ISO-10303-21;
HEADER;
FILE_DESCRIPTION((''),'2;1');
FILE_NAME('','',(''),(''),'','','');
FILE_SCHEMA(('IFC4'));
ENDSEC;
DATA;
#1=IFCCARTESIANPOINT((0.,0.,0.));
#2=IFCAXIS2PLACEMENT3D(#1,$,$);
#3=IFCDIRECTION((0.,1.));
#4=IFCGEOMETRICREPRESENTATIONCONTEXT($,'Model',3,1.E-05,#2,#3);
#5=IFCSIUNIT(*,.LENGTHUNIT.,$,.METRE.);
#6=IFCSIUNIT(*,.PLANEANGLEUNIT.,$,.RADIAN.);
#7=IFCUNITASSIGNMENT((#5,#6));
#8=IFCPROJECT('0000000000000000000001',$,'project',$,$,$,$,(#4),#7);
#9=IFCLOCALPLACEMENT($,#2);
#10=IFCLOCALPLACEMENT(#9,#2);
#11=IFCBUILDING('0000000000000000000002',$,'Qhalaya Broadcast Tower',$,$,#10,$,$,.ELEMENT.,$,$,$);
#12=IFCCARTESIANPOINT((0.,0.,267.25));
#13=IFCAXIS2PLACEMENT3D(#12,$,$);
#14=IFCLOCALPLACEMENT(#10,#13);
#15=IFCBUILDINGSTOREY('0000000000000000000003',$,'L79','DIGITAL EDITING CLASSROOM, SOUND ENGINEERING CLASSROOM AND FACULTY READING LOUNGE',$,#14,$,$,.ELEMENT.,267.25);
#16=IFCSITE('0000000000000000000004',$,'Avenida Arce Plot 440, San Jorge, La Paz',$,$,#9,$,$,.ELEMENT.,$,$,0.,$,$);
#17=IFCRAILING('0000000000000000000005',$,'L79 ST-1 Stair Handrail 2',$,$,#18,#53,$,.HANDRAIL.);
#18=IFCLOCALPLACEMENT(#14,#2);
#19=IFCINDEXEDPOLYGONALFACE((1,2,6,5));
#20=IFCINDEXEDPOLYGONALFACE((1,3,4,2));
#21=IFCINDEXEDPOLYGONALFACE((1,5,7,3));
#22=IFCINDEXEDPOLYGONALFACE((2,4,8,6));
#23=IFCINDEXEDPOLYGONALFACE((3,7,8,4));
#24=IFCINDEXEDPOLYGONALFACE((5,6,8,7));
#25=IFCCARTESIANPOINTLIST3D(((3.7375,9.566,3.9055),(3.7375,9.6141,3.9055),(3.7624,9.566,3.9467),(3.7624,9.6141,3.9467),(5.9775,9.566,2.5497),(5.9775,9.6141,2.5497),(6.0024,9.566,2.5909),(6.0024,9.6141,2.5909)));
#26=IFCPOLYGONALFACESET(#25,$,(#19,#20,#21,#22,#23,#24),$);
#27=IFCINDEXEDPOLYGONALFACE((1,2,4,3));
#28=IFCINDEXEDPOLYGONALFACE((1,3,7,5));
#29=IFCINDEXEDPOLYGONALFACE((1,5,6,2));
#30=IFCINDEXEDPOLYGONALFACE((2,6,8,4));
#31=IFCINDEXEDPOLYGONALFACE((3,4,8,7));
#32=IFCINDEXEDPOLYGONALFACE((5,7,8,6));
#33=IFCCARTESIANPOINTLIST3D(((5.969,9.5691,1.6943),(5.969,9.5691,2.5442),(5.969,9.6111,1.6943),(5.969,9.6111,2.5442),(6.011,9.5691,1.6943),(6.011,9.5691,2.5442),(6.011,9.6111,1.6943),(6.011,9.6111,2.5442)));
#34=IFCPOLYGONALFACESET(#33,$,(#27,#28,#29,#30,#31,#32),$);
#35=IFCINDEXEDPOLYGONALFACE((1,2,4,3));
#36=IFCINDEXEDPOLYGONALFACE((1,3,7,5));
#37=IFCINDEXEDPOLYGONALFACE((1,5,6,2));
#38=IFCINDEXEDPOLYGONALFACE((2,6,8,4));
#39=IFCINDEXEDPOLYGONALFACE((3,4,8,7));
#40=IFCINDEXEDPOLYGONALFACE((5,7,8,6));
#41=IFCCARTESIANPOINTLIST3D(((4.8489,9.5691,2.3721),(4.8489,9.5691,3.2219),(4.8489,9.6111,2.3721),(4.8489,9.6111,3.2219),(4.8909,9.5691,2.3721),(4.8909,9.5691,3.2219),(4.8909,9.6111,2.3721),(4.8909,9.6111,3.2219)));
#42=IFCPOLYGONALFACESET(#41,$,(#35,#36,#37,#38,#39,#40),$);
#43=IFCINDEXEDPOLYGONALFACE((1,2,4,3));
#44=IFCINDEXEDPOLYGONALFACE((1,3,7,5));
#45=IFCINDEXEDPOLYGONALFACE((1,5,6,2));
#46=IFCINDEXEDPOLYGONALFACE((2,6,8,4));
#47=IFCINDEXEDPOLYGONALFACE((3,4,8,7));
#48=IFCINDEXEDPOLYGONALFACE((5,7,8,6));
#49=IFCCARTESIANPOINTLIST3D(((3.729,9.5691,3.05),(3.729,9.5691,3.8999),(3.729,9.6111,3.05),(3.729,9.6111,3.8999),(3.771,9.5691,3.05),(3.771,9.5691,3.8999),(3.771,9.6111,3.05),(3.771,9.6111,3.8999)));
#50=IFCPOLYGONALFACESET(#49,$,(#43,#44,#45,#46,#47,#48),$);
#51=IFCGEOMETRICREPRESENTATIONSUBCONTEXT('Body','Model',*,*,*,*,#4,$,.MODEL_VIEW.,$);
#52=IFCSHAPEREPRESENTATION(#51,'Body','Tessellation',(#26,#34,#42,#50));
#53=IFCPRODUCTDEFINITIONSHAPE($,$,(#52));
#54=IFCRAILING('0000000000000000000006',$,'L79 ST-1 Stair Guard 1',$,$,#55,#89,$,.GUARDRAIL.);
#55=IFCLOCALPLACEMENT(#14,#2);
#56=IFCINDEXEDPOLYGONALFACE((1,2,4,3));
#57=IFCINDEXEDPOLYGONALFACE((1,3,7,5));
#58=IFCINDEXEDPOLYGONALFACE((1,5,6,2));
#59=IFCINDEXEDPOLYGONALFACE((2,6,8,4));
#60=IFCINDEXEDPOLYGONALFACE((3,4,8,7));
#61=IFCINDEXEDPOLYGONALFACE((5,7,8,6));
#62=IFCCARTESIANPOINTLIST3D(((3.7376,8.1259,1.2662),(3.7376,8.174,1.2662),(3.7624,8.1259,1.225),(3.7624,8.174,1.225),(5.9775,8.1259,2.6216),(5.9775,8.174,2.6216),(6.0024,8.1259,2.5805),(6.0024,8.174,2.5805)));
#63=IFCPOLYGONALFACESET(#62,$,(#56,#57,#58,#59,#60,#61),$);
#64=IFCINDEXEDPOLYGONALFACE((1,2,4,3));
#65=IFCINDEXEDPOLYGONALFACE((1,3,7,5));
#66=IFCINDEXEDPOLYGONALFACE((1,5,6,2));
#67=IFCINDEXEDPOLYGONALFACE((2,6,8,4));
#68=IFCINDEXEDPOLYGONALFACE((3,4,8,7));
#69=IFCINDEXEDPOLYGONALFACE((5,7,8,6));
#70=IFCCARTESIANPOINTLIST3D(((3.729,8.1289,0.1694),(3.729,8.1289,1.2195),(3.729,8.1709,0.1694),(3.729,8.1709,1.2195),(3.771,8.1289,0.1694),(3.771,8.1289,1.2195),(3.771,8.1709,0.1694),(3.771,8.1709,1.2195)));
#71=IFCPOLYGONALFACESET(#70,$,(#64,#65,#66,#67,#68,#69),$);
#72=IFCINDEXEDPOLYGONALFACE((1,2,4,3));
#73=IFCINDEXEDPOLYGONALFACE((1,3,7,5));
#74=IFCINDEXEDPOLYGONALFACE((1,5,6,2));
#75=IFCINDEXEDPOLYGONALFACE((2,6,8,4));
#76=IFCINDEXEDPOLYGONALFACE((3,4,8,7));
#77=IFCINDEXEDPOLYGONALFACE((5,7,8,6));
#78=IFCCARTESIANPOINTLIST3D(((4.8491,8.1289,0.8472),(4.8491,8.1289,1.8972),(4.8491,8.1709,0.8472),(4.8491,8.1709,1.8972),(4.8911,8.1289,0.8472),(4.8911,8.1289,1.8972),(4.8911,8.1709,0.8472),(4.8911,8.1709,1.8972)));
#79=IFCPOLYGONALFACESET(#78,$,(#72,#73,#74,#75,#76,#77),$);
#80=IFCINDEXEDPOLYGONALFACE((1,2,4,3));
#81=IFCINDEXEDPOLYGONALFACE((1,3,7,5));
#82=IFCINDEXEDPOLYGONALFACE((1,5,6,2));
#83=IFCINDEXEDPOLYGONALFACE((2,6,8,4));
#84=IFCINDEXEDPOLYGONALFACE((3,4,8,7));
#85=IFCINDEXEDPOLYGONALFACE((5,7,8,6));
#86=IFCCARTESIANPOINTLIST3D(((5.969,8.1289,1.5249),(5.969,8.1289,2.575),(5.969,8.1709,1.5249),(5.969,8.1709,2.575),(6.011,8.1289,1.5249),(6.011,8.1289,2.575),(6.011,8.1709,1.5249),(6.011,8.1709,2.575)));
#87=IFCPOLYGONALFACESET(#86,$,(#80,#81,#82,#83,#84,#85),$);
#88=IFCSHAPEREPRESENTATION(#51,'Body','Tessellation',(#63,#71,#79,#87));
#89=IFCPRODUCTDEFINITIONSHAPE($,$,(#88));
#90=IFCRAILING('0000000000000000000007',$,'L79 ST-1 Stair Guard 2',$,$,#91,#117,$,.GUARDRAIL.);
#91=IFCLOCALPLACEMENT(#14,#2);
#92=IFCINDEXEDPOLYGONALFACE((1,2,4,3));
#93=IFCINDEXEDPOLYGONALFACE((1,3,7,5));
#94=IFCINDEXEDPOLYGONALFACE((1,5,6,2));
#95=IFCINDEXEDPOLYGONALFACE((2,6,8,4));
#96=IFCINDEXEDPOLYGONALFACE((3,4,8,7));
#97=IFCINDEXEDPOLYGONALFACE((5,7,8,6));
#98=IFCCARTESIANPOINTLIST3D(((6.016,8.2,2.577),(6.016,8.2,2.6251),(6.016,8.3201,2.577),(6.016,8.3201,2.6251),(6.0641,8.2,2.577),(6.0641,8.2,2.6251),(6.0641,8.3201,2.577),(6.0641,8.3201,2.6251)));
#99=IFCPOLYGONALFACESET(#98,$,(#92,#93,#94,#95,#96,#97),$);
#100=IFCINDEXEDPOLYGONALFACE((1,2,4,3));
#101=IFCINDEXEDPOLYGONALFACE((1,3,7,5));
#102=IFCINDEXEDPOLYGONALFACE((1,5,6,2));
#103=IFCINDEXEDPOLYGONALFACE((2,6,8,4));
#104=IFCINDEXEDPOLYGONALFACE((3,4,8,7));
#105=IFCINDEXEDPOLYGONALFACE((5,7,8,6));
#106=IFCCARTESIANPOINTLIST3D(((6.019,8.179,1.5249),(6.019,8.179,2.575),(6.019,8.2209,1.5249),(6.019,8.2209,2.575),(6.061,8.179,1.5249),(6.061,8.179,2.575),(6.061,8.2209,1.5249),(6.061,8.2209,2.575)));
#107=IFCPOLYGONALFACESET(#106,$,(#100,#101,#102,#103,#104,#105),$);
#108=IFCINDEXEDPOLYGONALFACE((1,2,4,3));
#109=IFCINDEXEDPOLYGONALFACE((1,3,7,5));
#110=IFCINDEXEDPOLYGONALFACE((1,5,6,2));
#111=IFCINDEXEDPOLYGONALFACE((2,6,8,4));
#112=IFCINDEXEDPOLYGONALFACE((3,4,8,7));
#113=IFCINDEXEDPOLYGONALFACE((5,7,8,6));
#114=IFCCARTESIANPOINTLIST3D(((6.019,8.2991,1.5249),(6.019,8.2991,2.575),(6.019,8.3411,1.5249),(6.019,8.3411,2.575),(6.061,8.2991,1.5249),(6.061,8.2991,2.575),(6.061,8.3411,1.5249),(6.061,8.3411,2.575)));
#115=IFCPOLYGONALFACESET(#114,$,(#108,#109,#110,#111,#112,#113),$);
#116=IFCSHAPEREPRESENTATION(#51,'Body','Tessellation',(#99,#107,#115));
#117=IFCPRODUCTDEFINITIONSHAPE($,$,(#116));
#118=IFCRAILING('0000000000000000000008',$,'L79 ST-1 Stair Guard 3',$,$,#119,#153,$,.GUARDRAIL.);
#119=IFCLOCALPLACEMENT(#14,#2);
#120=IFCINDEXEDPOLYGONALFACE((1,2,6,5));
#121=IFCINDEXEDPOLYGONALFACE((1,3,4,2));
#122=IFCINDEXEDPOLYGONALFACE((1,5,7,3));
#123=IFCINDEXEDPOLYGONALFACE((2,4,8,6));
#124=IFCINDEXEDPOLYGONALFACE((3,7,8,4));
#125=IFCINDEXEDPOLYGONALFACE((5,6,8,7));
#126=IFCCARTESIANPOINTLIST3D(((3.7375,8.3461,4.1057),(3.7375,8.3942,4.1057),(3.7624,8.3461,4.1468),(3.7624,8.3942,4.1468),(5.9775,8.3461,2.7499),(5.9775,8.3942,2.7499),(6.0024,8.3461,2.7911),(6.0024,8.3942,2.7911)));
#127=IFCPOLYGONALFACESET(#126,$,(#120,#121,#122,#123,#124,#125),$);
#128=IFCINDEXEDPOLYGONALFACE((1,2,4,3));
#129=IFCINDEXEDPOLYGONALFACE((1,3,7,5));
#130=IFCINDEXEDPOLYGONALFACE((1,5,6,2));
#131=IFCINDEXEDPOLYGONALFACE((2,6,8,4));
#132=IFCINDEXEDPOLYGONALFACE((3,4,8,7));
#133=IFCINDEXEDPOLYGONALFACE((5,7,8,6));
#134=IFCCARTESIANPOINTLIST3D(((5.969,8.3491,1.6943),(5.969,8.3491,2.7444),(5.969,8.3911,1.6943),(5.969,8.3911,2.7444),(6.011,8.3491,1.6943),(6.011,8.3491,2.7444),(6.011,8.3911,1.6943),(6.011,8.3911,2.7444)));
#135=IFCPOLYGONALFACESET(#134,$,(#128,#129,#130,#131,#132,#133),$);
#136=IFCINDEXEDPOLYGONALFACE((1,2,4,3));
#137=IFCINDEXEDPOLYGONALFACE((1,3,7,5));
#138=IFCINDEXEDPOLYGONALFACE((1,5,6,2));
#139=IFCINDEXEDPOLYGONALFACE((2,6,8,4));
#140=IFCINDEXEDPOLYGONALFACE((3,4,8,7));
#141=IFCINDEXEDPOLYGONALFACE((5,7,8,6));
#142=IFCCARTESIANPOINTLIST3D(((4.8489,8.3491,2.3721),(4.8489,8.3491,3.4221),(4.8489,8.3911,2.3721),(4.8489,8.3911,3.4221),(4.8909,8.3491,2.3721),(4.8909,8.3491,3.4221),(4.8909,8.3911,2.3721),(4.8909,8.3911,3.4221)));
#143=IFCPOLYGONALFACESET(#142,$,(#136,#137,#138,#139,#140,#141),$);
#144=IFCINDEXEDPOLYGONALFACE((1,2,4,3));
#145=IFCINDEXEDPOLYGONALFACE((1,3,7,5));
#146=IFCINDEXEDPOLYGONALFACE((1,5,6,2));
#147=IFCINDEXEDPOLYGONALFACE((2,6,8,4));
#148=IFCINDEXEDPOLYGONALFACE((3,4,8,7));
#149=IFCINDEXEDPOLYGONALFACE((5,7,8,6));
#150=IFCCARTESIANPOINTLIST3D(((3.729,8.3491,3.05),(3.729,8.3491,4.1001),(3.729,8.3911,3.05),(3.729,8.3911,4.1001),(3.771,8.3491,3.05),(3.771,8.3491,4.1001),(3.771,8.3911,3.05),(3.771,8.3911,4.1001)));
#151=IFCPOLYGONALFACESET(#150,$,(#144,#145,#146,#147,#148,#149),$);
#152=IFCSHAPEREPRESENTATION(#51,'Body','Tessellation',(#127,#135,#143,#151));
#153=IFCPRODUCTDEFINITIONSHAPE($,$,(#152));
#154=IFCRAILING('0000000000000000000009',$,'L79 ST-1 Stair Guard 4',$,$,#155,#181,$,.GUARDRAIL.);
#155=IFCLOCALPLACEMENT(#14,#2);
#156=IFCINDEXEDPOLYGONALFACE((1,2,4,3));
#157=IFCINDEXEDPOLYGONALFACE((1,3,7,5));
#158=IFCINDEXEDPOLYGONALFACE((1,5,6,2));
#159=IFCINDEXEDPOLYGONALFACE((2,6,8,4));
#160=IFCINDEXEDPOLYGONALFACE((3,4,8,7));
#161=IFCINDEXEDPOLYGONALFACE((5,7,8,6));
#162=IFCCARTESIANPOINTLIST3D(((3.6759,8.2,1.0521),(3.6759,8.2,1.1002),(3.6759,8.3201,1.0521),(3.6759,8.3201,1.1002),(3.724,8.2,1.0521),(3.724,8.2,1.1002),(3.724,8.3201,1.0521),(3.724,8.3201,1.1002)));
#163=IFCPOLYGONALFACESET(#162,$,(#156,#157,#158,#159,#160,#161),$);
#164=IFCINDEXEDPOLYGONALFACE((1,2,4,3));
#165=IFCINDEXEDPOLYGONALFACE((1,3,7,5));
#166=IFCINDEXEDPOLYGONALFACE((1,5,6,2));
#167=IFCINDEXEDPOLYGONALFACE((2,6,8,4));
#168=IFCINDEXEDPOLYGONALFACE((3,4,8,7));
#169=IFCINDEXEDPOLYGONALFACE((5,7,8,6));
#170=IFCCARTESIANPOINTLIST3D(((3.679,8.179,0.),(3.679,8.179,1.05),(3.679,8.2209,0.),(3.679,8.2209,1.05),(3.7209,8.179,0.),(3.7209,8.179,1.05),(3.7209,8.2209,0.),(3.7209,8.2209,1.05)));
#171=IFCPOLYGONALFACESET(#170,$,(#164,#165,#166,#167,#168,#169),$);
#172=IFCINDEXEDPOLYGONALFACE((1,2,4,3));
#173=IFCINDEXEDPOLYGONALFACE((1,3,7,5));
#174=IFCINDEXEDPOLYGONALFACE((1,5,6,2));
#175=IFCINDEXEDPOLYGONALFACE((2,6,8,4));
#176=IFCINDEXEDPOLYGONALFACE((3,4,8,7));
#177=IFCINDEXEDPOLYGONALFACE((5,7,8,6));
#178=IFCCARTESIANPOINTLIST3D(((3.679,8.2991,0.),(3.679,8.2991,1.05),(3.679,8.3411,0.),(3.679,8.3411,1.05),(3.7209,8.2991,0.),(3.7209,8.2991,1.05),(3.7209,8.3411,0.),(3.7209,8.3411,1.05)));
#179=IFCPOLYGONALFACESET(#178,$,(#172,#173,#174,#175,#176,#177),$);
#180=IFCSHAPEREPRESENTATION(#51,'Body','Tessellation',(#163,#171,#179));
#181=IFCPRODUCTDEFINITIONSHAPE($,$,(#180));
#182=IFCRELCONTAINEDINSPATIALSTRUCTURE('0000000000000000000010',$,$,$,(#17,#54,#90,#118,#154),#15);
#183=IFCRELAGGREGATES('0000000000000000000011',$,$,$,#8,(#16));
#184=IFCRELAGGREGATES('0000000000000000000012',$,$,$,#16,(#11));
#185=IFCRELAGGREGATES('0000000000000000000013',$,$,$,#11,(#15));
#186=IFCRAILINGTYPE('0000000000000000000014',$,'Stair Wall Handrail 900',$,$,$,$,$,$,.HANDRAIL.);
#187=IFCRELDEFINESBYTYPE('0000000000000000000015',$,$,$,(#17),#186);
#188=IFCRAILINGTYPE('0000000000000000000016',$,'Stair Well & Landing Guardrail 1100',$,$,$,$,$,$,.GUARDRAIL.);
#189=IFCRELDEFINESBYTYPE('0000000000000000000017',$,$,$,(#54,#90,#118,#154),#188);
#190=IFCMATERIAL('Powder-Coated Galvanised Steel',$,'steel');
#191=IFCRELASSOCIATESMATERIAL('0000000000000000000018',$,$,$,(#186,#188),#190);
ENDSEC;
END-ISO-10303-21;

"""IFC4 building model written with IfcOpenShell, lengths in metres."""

from ifc_helpers import new_model, si_unit, direction, frame, origin, origin_2d, place, context, subcontext, project, spatial, rectangle, extrude, material, type_object, element, save


model = new_model("IFC4")

# Units and contexts
model_context = context("Model", 3, precision=1e-05, world=origin(), true_north=direction((0.0, 1.0)))
body_context = subcontext(model_context, "Body", "Model", "MODEL_VIEW")
ifc_project = project(units=[si_unit("LENGTHUNIT", "METRE"), si_unit("PLANEANGLEUNIT", "RADIAN")], contexts=[model_context])

# Site, building, storey
site_placement = place(None, origin())
site = spatial("IfcSite", under=ifc_project, at=site_placement, Name="Avenida Arce Plot 440, San Jorge, La Paz", CompositionType="ELEMENT", RefElevation=0.0)
building_placement = place(site_placement, origin())
building = spatial("IfcBuilding", under=site, at=building_placement, Name="Qhalaya Broadcast Tower", CompositionType="ELEMENT")
storey_placement = place(building_placement, frame((0.0, 0.0, 267.25)))
storey = spatial("IfcBuildingStorey", under=building, at=storey_placement, Name="L79", Description="DIGITAL EDITING CLASSROOM, SOUND ENGINEERING CLASSROOM AND FACULTY READING LOUNGE", CompositionType="ELEMENT", Elevation=267.25)

# Railings
ifc_material_1 = material(Name="Powder-Coated Galvanised Steel", Category="steel")
railing_type_1 = type_object("IfcRailingType", Name="Stair Wall Handrail 900", PredefinedType="HANDRAIL", material=ifc_material_1)
railing_1_placement = place(storey_placement, frame((5.99, 9.5901, 1.6943)))
element("IfcRailing", 1, at=railing_1_placement, inside=storey, type_object=railing_type_1, Name="L79 ST-1 Stair Handrail 2", PredefinedType="HANDRAIL", context=body_context, shape_type="SweptSolid", body=[
    extrude(rectangle(XDim=0.0481, YDim=0.0481, at=origin_2d()), frame((0.0, 0.0, 0.876), z_axis=(-0.855512, 0.0, 0.517783), x_axis=(0.0, -1.0, 0.0)), (0.0, 0.0, 1.0), 2.6184),
    extrude(rectangle(XDim=0.042, YDim=0.042, at=origin_2d()), origin(), (0.0, 0.0, 1.0), 0.8499),
    extrude(rectangle(XDim=0.042, YDim=0.042, at=origin_2d()), frame((-1.1201, 0.0, 0.6777)), (0.0, 0.0, 1.0), 0.8499),
    extrude(rectangle(XDim=0.042, YDim=0.042, at=origin_2d()), frame((-2.24, 0.0, 1.3557)), (0.0, 0.0, 1.0), 0.8499),
])
railing_type_2 = type_object("IfcRailingType", Name="Stair Well & Landing Guardrail 1100", PredefinedType="GUARDRAIL", material=ifc_material_1)
railing_2_placement = place(storey_placement, frame((3.75, 8.1499, 0.1694)))
element("IfcRailing", 2, at=railing_2_placement, inside=storey, type_object=railing_type_2, Name="L79 ST-1 Stair Guard 1", PredefinedType="GUARDRAIL", context=body_context, shape_type="SweptSolid", body=[
    extrude(rectangle(XDim=0.0481, YDim=0.0481, at=origin_2d()), frame((0.0, 0.0, 1.0762), z_axis=(0.855553, 0.0, 0.517715), x_axis=(0.0, 1.0, 0.0)), (0.0, 0.0, 1.0), 2.6182),
    extrude(rectangle(XDim=0.042, YDim=0.042, at=origin_2d()), origin(), (0.0, 0.0, 1.0), 1.05),
    extrude(rectangle(XDim=0.042, YDim=0.042, at=origin_2d()), frame((1.1201, 0.0, 0.6777)), (0.0, 0.0, 1.0), 1.05),
    extrude(rectangle(XDim=0.042, YDim=0.042, at=origin_2d()), frame((2.24, 0.0, 1.3555)), (0.0, 0.0, 1.0), 1.05),
])
railing_3_placement = place(storey_placement, frame((6.04, 8.2, 1.5249)))
element("IfcRailing", 3, at=railing_3_placement, inside=storey, type_object=railing_type_2, Name="L79 ST-1 Stair Guard 2", PredefinedType="GUARDRAIL", context=body_context, shape_type="SweptSolid", body=[
    extrude(rectangle(XDim=0.0481, YDim=0.0481, at=origin_2d()), frame((0.0, 0.0, 1.0762), z_axis=(0.0, 1.0, 0.0), x_axis=(-1.0, 0.0, 0.0)), (0.0, 0.0, 1.0), 0.1201),
    extrude(rectangle(XDim=0.042, YDim=0.042, at=origin_2d()), origin(), (0.0, 0.0, 1.0), 1.05),
    extrude(rectangle(XDim=0.042, YDim=0.042, at=origin_2d()), frame((0.0, 0.1201, 0.0)), (0.0, 0.0, 1.0), 1.05),
])
railing_4_placement = place(storey_placement, frame((5.99, 8.3701, 1.6943)))
element("IfcRailing", 4, at=railing_4_placement, inside=storey, type_object=railing_type_2, Name="L79 ST-1 Stair Guard 3", PredefinedType="GUARDRAIL", context=body_context, shape_type="SweptSolid", body=[
    extrude(rectangle(XDim=0.0481, YDim=0.0481, at=origin_2d()), frame((0.0, 0.0, 1.0762), z_axis=(-0.855512, 0.0, 0.517783), x_axis=(0.0, -1.0, 0.0)), (0.0, 0.0, 1.0), 2.6184),
    extrude(rectangle(XDim=0.042, YDim=0.042, at=origin_2d()), origin(), (0.0, 0.0, 1.0), 1.05),
    extrude(rectangle(XDim=0.042, YDim=0.042, at=origin_2d()), frame((-1.1201, 0.0, 0.6777)), (0.0, 0.0, 1.0), 1.05),
    extrude(rectangle(XDim=0.042, YDim=0.042, at=origin_2d()), frame((-2.24, 0.0, 1.3557)), (0.0, 0.0, 1.0), 1.05),
])
railing_5_placement = place(storey_placement, frame((3.7, 8.2, 0.0)))
element("IfcRailing", 5, at=railing_5_placement, inside=storey, type_object=railing_type_2, Name="L79 ST-1 Stair Guard 4", PredefinedType="GUARDRAIL", context=body_context, shape_type="SweptSolid", body=[
    extrude(rectangle(XDim=0.0481, YDim=0.0481, at=origin_2d()), frame((0.0, 0.0, 1.0762), z_axis=(0.0, 1.0, 0.0), x_axis=(-1.0, 0.0, 0.0)), (0.0, 0.0, 1.0), 0.1201),
    extrude(rectangle(XDim=0.042, YDim=0.042, at=origin_2d()), origin(), (0.0, 0.0, 1.0), 1.05),
    extrude(rectangle(XDim=0.042, YDim=0.042, at=origin_2d()), frame((0.0, 0.1201, 0.0)), (0.0, 0.0, 1.0), 1.05),
])

save(model, "model.ifc")
